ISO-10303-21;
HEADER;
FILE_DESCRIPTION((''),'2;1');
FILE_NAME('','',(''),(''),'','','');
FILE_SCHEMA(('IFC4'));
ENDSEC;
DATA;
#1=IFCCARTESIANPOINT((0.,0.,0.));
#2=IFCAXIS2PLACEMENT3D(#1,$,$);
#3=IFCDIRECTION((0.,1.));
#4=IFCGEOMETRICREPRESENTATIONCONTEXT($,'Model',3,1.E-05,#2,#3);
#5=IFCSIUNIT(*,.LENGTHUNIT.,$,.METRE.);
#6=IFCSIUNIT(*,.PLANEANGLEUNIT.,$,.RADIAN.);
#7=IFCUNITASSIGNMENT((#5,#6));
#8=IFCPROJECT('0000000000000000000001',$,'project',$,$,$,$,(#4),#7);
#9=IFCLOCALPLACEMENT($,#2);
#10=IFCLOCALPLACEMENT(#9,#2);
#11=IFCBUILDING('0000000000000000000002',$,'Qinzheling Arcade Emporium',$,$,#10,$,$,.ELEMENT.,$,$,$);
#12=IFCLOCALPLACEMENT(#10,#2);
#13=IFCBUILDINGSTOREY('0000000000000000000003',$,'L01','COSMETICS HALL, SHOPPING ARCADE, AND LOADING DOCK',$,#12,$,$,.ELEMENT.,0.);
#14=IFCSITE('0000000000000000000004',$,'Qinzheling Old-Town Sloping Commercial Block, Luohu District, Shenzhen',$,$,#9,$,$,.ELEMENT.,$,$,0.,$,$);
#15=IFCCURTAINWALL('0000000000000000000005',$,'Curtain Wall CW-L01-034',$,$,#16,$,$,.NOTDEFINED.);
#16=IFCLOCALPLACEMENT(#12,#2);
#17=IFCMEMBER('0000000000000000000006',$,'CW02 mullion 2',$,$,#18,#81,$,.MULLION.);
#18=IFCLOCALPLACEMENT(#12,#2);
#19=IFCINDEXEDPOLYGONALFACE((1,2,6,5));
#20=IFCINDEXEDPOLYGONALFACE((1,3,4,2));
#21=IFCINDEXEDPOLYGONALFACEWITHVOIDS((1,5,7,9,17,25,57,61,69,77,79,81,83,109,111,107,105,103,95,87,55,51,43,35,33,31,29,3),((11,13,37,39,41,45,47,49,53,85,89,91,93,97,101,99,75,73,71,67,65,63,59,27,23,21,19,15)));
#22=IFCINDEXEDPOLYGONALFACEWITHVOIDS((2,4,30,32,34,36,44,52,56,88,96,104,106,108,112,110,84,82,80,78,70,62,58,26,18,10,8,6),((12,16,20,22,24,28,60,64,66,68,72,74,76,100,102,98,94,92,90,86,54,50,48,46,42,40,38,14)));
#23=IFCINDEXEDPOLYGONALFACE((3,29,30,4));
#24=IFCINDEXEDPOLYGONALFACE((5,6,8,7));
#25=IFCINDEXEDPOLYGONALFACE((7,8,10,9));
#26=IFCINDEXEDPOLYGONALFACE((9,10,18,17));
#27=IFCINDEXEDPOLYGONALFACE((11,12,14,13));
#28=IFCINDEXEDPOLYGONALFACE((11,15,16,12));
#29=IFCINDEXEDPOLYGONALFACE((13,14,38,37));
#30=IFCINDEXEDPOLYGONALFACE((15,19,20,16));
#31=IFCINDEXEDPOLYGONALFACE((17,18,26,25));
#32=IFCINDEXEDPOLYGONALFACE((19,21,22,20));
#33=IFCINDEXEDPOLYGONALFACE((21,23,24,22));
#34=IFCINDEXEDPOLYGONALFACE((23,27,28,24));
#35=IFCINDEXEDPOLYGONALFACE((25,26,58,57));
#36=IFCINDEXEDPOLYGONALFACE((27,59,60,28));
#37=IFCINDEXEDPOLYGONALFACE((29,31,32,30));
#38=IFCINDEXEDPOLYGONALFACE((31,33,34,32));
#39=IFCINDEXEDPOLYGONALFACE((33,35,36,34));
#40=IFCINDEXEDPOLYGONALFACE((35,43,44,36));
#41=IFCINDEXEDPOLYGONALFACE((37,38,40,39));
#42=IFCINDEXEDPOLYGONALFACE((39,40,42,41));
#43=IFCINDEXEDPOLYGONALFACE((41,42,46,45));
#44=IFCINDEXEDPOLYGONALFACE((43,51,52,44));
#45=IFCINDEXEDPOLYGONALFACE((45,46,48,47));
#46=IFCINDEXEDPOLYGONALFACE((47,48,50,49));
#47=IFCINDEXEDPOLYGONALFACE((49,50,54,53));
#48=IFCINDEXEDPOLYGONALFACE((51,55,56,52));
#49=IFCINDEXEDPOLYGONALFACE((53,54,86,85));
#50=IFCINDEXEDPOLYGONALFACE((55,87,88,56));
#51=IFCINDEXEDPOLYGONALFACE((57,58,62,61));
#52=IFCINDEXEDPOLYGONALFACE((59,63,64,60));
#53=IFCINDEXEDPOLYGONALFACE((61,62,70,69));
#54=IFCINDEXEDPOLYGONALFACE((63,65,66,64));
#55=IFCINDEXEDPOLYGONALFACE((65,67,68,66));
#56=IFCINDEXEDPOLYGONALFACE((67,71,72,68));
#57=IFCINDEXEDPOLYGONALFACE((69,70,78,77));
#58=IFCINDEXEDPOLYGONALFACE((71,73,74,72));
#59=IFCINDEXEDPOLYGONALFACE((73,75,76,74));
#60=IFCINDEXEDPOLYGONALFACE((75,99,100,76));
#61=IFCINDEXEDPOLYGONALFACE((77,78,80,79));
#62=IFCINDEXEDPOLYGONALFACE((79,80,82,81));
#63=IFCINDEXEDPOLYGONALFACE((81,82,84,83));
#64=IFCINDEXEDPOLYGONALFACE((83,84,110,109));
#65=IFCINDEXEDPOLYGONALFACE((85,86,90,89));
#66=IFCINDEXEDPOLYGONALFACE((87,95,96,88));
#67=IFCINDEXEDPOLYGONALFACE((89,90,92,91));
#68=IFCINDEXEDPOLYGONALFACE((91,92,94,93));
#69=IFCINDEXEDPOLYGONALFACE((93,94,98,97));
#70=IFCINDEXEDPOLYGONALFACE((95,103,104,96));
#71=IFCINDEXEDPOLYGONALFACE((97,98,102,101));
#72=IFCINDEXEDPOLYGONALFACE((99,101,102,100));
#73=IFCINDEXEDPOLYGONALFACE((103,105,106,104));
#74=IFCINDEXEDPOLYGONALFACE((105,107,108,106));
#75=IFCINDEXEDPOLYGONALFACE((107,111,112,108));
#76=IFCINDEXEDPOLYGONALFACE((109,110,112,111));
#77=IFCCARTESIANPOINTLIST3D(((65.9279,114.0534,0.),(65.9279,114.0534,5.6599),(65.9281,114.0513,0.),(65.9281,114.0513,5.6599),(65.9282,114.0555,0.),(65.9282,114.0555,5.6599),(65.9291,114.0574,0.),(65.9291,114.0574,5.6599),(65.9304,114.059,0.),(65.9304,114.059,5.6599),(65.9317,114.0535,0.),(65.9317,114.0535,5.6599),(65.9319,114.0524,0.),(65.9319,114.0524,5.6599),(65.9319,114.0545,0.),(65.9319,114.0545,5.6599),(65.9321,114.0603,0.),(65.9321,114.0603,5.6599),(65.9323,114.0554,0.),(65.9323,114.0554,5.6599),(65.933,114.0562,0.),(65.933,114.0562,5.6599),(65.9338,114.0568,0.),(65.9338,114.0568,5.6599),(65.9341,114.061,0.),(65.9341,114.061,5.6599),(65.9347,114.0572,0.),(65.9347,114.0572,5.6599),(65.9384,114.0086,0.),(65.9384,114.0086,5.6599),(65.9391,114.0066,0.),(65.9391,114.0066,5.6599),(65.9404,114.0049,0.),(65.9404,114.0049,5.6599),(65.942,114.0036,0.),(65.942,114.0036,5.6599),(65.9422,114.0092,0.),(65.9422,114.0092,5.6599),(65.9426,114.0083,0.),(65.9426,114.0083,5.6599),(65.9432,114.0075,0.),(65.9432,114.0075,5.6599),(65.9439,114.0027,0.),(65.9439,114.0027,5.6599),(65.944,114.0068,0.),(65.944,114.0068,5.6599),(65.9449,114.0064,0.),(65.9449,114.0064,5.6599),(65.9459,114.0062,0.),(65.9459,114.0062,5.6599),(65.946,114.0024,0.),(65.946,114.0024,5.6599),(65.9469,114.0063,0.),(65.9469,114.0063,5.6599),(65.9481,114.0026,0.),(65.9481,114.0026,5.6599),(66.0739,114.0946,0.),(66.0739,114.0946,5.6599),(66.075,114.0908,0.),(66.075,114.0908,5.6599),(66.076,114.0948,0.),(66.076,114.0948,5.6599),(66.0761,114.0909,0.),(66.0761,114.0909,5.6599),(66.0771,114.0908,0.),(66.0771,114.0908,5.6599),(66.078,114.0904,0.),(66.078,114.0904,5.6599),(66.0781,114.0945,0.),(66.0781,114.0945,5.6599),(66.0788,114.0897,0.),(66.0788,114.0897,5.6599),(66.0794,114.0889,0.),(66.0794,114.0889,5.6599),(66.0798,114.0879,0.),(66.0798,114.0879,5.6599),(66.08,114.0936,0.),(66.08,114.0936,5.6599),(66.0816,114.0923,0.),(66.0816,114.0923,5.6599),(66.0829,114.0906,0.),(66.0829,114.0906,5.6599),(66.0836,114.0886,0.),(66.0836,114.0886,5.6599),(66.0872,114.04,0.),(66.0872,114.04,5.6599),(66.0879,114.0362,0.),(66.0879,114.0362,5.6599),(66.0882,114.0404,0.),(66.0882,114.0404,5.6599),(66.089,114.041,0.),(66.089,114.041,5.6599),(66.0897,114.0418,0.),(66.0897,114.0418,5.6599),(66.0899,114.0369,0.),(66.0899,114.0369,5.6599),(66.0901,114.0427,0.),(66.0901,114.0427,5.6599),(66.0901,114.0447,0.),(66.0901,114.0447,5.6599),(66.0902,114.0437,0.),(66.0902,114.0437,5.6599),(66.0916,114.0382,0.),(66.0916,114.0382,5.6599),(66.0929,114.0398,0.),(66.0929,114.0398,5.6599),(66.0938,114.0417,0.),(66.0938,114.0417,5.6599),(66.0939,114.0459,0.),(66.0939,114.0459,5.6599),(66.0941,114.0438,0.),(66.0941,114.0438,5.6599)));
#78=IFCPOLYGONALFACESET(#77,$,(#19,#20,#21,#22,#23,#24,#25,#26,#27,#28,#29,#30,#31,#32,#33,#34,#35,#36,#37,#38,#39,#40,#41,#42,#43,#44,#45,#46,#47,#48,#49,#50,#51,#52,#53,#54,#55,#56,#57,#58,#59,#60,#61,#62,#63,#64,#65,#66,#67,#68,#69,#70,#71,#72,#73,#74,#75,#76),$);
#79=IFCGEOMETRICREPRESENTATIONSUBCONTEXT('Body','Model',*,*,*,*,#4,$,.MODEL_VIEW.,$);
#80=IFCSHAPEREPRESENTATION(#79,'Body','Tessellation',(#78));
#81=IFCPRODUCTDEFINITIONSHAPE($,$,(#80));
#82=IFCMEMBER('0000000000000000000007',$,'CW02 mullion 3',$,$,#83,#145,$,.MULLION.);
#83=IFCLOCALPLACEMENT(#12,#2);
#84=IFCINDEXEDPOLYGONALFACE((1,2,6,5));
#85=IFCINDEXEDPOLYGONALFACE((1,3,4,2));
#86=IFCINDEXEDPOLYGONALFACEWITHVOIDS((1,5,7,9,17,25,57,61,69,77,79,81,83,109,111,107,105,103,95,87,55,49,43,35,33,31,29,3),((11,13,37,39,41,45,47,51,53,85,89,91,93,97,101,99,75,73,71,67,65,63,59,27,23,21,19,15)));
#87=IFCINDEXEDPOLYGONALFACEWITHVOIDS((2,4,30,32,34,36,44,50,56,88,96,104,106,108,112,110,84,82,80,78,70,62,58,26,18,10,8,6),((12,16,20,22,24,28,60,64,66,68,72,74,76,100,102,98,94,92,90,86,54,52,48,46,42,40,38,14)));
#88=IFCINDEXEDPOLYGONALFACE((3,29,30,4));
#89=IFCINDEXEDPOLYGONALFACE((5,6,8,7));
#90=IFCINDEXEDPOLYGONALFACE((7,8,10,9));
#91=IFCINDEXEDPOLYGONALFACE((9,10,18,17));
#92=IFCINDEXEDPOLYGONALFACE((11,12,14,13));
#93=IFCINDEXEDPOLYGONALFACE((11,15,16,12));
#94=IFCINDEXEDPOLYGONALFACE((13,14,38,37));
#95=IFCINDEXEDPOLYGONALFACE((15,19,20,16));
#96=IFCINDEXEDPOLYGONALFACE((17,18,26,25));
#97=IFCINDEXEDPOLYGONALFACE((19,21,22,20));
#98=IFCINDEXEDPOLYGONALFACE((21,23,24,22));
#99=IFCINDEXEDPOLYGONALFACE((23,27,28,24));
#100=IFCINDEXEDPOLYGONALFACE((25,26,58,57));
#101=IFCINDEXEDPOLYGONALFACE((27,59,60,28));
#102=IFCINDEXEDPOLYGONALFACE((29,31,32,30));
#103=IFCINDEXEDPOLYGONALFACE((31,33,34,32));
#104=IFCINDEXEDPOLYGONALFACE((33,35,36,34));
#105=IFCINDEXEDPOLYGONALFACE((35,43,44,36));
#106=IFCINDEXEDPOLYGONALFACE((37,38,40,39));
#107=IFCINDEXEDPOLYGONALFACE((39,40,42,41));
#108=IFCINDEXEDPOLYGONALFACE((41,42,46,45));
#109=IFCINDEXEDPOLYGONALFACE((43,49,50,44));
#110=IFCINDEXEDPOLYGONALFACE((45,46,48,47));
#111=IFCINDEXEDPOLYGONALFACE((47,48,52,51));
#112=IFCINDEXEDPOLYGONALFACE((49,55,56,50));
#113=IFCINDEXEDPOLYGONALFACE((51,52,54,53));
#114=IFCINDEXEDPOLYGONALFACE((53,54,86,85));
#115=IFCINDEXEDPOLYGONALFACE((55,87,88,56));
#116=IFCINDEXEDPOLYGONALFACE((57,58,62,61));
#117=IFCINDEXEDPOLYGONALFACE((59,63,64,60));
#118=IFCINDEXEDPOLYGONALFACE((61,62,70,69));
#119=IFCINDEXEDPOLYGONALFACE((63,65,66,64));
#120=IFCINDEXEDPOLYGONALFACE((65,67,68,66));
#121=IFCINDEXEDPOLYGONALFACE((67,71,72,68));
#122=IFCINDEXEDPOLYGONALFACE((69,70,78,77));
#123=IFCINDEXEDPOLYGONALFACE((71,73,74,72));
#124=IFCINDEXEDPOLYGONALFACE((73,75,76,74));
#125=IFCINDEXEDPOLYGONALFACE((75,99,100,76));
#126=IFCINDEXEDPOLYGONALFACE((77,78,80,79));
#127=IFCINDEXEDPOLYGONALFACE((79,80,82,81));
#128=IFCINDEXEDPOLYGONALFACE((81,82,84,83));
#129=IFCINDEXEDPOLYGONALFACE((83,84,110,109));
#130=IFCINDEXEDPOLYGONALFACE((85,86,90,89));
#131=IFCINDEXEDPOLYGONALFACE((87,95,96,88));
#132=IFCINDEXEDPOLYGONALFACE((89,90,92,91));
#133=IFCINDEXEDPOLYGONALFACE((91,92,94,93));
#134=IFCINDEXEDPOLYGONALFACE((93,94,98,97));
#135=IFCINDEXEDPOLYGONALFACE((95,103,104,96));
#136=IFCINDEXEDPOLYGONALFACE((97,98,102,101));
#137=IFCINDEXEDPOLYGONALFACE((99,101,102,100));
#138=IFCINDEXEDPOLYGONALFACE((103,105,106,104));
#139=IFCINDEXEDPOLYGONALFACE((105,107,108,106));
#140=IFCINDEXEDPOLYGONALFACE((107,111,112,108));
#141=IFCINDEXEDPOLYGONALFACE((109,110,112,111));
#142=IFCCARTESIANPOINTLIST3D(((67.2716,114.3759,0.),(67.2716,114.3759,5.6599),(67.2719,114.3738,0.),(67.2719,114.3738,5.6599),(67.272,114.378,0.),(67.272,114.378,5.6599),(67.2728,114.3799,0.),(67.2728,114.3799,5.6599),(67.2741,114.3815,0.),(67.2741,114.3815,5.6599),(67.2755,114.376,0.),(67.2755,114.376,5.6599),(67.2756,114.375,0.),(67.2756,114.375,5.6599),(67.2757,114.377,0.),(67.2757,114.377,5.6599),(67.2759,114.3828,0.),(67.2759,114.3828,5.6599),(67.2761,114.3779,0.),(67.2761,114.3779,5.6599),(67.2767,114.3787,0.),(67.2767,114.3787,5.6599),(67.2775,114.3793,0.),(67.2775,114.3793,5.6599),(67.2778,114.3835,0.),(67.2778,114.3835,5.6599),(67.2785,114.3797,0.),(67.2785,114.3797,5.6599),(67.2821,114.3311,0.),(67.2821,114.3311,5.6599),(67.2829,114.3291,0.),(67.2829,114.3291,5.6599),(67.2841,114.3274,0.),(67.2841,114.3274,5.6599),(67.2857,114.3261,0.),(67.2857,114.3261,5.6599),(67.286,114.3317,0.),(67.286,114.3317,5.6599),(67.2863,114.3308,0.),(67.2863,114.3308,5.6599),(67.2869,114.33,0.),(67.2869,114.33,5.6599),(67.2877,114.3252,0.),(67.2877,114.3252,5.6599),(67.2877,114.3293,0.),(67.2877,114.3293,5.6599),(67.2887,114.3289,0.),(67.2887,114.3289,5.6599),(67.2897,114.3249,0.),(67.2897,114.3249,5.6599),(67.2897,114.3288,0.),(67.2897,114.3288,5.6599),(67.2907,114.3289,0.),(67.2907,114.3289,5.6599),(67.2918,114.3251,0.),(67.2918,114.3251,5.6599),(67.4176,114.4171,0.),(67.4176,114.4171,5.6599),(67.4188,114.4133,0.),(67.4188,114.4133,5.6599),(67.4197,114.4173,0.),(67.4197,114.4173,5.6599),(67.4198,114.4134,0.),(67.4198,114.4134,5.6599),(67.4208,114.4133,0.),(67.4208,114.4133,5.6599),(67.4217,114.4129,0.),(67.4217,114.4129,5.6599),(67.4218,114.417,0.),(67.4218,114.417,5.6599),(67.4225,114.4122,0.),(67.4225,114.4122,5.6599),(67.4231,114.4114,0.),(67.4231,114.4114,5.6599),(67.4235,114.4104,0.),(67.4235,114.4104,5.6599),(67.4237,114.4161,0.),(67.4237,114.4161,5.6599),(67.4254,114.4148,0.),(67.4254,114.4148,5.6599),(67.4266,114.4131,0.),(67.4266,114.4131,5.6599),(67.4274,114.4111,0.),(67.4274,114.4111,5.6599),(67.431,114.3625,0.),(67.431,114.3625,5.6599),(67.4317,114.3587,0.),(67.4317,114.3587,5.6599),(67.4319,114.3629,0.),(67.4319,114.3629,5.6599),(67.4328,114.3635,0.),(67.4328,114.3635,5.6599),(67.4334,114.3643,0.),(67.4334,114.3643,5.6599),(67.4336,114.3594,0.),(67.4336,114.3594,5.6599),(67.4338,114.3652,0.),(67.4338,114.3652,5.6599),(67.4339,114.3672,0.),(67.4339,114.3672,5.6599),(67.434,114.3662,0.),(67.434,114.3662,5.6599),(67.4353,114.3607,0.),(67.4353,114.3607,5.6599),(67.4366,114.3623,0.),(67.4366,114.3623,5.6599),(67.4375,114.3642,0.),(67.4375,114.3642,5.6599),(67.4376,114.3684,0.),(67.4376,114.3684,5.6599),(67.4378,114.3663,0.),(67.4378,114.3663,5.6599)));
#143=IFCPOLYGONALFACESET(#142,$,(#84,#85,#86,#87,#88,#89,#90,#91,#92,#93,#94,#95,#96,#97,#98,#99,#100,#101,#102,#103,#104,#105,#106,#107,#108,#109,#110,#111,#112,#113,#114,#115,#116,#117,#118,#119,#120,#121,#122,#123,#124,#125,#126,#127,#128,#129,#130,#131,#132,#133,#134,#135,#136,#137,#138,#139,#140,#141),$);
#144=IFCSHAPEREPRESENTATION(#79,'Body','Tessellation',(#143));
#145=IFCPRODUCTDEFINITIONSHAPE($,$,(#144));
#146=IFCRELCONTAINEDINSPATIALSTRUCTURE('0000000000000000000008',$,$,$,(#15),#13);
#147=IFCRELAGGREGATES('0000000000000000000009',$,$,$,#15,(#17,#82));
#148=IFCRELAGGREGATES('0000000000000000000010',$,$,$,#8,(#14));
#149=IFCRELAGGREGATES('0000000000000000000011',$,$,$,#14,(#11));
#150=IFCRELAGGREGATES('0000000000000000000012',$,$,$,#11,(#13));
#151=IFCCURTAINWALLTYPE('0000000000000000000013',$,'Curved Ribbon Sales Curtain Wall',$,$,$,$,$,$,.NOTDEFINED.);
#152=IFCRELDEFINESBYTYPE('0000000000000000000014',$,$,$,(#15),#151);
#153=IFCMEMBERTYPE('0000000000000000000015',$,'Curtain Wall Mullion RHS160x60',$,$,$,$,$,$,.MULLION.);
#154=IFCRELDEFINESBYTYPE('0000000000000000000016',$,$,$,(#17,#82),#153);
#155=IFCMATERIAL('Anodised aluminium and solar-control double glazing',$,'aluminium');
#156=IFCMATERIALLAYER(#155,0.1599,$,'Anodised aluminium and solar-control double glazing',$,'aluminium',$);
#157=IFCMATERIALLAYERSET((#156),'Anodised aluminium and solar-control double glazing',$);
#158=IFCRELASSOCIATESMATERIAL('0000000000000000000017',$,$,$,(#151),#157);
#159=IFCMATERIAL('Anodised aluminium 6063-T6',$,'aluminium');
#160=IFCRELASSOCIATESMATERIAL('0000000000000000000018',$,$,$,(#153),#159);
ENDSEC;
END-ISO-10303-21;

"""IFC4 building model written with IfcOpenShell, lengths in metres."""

from ifc_helpers import new_model, si_unit, direction, frame, origin, origin_2d, place, context, subcontext, project, spatial, hollow_rectangle, extrude, material, layer, layer_set, material_profile, profile_set, type_object, element, aggregate, save


model = new_model("IFC4")

# Units and contexts
model_context = context("Model", 3, precision=1e-05, world=origin(), true_north=direction((0.0, 1.0)))
body_context = subcontext(model_context, "Body", "Model", "MODEL_VIEW")
ifc_project = project(units=[si_unit("LENGTHUNIT", "METRE"), si_unit("PLANEANGLEUNIT", "RADIAN")], contexts=[model_context])

# Site, building, storey
site_placement = place(None, origin())
site = spatial("IfcSite", under=ifc_project, at=site_placement, Name="Qinzheling Old-Town Sloping Commercial Block, Luohu District, Shenzhen", CompositionType="ELEMENT", RefElevation=0.0)
building_placement = place(site_placement, origin())
building = spatial("IfcBuilding", under=site, at=building_placement, Name="Qinzheling Arcade Emporium", CompositionType="ELEMENT")
storey_placement = place(building_placement, origin())
storey = spatial("IfcBuildingStorey", under=building, at=storey_placement, Name="L01", Description="COSMETICS HALL, SHOPPING ARCADE, AND LOADING DOCK", CompositionType="ELEMENT", Elevation=0.0)

# Shared definitions
ifc_material_1 = material(Name="Anodised aluminium and solar-control double glazing", Category="aluminium")
ifc_layer_1 = layer(ifc_material_1, 0.1599, Name="Anodised aluminium and solar-control double glazing", Category="aluminium")
ifc_layer_set_1 = layer_set([ifc_layer_1], Name="Anodised aluminium and solar-control double glazing")
curtain_wall_type = type_object("IfcCurtainWallType", Name="Curved Ribbon Sales Curtain Wall", PredefinedType="NOTDEFINED", material=ifc_layer_set_1)
ifc_material_2 = material(Name="Anodised aluminium 6063-T6", Category="aluminium")
ifc_material_profile_1 = material_profile(ifc_material_2, hollow_rectangle(XDim=0.0601, YDim=0.1599, WallThickness=0.0039, InnerFilletRadius=0.0039, OuterFilletRadius=0.0081, at=origin_2d()), Name="RHS 160x60x4", Category="aluminium")
ifc_profile_set_1 = profile_set([ifc_material_profile_1], Name="Anodised aluminium 6063-T6")
member_type_1 = type_object("IfcMemberType", Name="Curtain Wall Mullion RHS160x60", PredefinedType="MULLION", material=ifc_profile_set_1)

# Curtain wall, members
curtain_wall_1_placement = place(storey_placement, origin())
curtain_wall_1 = element("IfcCurtainWall", 1, at=curtain_wall_1_placement, inside=storey, type_object=curtain_wall_type, Name="Curtain Wall CW-L01-034", PredefinedType="NOTDEFINED")
member_1_placement = place(storey_placement, frame((66.011, 114.0486, 0.0), z_axis=(0.0, 0.0, 1.0), x_axis=(-0.23336, 0.972391, 0.0)))
member_1 = element("IfcMember", 2, at=member_1_placement, type_object=member_type_1, Name="CW02 mullion 2", PredefinedType="MULLION", context=body_context, shape_type="SweptSolid", body=[
    extrude(hollow_rectangle(XDim=0.0601, YDim=0.1599, WallThickness=0.0039, InnerFilletRadius=0.0039, OuterFilletRadius=0.0081, at=origin_2d()), origin(), (0.0, 0.0, 1.0), 5.6599),
])
member_2_placement = place(storey_placement, frame((67.3547, 114.3711, 0.0), z_axis=(0.0, 0.0, 1.0), x_axis=(-0.23336, 0.972391, 0.0)))
member_2 = element("IfcMember", 3, at=member_2_placement, type_object=member_type_1, Name="CW02 mullion 3", PredefinedType="MULLION", context=body_context, shape_type="SweptSolid", body=[
    extrude(hollow_rectangle(XDim=0.0601, YDim=0.1599, WallThickness=0.0039, InnerFilletRadius=0.0039, OuterFilletRadius=0.0081, at=origin_2d()), origin(), (0.0, 0.0, 1.0), 5.6599),
])

aggregate(curtain_wall_1, [member_1, member_2])

save(model, "model.ifc")
